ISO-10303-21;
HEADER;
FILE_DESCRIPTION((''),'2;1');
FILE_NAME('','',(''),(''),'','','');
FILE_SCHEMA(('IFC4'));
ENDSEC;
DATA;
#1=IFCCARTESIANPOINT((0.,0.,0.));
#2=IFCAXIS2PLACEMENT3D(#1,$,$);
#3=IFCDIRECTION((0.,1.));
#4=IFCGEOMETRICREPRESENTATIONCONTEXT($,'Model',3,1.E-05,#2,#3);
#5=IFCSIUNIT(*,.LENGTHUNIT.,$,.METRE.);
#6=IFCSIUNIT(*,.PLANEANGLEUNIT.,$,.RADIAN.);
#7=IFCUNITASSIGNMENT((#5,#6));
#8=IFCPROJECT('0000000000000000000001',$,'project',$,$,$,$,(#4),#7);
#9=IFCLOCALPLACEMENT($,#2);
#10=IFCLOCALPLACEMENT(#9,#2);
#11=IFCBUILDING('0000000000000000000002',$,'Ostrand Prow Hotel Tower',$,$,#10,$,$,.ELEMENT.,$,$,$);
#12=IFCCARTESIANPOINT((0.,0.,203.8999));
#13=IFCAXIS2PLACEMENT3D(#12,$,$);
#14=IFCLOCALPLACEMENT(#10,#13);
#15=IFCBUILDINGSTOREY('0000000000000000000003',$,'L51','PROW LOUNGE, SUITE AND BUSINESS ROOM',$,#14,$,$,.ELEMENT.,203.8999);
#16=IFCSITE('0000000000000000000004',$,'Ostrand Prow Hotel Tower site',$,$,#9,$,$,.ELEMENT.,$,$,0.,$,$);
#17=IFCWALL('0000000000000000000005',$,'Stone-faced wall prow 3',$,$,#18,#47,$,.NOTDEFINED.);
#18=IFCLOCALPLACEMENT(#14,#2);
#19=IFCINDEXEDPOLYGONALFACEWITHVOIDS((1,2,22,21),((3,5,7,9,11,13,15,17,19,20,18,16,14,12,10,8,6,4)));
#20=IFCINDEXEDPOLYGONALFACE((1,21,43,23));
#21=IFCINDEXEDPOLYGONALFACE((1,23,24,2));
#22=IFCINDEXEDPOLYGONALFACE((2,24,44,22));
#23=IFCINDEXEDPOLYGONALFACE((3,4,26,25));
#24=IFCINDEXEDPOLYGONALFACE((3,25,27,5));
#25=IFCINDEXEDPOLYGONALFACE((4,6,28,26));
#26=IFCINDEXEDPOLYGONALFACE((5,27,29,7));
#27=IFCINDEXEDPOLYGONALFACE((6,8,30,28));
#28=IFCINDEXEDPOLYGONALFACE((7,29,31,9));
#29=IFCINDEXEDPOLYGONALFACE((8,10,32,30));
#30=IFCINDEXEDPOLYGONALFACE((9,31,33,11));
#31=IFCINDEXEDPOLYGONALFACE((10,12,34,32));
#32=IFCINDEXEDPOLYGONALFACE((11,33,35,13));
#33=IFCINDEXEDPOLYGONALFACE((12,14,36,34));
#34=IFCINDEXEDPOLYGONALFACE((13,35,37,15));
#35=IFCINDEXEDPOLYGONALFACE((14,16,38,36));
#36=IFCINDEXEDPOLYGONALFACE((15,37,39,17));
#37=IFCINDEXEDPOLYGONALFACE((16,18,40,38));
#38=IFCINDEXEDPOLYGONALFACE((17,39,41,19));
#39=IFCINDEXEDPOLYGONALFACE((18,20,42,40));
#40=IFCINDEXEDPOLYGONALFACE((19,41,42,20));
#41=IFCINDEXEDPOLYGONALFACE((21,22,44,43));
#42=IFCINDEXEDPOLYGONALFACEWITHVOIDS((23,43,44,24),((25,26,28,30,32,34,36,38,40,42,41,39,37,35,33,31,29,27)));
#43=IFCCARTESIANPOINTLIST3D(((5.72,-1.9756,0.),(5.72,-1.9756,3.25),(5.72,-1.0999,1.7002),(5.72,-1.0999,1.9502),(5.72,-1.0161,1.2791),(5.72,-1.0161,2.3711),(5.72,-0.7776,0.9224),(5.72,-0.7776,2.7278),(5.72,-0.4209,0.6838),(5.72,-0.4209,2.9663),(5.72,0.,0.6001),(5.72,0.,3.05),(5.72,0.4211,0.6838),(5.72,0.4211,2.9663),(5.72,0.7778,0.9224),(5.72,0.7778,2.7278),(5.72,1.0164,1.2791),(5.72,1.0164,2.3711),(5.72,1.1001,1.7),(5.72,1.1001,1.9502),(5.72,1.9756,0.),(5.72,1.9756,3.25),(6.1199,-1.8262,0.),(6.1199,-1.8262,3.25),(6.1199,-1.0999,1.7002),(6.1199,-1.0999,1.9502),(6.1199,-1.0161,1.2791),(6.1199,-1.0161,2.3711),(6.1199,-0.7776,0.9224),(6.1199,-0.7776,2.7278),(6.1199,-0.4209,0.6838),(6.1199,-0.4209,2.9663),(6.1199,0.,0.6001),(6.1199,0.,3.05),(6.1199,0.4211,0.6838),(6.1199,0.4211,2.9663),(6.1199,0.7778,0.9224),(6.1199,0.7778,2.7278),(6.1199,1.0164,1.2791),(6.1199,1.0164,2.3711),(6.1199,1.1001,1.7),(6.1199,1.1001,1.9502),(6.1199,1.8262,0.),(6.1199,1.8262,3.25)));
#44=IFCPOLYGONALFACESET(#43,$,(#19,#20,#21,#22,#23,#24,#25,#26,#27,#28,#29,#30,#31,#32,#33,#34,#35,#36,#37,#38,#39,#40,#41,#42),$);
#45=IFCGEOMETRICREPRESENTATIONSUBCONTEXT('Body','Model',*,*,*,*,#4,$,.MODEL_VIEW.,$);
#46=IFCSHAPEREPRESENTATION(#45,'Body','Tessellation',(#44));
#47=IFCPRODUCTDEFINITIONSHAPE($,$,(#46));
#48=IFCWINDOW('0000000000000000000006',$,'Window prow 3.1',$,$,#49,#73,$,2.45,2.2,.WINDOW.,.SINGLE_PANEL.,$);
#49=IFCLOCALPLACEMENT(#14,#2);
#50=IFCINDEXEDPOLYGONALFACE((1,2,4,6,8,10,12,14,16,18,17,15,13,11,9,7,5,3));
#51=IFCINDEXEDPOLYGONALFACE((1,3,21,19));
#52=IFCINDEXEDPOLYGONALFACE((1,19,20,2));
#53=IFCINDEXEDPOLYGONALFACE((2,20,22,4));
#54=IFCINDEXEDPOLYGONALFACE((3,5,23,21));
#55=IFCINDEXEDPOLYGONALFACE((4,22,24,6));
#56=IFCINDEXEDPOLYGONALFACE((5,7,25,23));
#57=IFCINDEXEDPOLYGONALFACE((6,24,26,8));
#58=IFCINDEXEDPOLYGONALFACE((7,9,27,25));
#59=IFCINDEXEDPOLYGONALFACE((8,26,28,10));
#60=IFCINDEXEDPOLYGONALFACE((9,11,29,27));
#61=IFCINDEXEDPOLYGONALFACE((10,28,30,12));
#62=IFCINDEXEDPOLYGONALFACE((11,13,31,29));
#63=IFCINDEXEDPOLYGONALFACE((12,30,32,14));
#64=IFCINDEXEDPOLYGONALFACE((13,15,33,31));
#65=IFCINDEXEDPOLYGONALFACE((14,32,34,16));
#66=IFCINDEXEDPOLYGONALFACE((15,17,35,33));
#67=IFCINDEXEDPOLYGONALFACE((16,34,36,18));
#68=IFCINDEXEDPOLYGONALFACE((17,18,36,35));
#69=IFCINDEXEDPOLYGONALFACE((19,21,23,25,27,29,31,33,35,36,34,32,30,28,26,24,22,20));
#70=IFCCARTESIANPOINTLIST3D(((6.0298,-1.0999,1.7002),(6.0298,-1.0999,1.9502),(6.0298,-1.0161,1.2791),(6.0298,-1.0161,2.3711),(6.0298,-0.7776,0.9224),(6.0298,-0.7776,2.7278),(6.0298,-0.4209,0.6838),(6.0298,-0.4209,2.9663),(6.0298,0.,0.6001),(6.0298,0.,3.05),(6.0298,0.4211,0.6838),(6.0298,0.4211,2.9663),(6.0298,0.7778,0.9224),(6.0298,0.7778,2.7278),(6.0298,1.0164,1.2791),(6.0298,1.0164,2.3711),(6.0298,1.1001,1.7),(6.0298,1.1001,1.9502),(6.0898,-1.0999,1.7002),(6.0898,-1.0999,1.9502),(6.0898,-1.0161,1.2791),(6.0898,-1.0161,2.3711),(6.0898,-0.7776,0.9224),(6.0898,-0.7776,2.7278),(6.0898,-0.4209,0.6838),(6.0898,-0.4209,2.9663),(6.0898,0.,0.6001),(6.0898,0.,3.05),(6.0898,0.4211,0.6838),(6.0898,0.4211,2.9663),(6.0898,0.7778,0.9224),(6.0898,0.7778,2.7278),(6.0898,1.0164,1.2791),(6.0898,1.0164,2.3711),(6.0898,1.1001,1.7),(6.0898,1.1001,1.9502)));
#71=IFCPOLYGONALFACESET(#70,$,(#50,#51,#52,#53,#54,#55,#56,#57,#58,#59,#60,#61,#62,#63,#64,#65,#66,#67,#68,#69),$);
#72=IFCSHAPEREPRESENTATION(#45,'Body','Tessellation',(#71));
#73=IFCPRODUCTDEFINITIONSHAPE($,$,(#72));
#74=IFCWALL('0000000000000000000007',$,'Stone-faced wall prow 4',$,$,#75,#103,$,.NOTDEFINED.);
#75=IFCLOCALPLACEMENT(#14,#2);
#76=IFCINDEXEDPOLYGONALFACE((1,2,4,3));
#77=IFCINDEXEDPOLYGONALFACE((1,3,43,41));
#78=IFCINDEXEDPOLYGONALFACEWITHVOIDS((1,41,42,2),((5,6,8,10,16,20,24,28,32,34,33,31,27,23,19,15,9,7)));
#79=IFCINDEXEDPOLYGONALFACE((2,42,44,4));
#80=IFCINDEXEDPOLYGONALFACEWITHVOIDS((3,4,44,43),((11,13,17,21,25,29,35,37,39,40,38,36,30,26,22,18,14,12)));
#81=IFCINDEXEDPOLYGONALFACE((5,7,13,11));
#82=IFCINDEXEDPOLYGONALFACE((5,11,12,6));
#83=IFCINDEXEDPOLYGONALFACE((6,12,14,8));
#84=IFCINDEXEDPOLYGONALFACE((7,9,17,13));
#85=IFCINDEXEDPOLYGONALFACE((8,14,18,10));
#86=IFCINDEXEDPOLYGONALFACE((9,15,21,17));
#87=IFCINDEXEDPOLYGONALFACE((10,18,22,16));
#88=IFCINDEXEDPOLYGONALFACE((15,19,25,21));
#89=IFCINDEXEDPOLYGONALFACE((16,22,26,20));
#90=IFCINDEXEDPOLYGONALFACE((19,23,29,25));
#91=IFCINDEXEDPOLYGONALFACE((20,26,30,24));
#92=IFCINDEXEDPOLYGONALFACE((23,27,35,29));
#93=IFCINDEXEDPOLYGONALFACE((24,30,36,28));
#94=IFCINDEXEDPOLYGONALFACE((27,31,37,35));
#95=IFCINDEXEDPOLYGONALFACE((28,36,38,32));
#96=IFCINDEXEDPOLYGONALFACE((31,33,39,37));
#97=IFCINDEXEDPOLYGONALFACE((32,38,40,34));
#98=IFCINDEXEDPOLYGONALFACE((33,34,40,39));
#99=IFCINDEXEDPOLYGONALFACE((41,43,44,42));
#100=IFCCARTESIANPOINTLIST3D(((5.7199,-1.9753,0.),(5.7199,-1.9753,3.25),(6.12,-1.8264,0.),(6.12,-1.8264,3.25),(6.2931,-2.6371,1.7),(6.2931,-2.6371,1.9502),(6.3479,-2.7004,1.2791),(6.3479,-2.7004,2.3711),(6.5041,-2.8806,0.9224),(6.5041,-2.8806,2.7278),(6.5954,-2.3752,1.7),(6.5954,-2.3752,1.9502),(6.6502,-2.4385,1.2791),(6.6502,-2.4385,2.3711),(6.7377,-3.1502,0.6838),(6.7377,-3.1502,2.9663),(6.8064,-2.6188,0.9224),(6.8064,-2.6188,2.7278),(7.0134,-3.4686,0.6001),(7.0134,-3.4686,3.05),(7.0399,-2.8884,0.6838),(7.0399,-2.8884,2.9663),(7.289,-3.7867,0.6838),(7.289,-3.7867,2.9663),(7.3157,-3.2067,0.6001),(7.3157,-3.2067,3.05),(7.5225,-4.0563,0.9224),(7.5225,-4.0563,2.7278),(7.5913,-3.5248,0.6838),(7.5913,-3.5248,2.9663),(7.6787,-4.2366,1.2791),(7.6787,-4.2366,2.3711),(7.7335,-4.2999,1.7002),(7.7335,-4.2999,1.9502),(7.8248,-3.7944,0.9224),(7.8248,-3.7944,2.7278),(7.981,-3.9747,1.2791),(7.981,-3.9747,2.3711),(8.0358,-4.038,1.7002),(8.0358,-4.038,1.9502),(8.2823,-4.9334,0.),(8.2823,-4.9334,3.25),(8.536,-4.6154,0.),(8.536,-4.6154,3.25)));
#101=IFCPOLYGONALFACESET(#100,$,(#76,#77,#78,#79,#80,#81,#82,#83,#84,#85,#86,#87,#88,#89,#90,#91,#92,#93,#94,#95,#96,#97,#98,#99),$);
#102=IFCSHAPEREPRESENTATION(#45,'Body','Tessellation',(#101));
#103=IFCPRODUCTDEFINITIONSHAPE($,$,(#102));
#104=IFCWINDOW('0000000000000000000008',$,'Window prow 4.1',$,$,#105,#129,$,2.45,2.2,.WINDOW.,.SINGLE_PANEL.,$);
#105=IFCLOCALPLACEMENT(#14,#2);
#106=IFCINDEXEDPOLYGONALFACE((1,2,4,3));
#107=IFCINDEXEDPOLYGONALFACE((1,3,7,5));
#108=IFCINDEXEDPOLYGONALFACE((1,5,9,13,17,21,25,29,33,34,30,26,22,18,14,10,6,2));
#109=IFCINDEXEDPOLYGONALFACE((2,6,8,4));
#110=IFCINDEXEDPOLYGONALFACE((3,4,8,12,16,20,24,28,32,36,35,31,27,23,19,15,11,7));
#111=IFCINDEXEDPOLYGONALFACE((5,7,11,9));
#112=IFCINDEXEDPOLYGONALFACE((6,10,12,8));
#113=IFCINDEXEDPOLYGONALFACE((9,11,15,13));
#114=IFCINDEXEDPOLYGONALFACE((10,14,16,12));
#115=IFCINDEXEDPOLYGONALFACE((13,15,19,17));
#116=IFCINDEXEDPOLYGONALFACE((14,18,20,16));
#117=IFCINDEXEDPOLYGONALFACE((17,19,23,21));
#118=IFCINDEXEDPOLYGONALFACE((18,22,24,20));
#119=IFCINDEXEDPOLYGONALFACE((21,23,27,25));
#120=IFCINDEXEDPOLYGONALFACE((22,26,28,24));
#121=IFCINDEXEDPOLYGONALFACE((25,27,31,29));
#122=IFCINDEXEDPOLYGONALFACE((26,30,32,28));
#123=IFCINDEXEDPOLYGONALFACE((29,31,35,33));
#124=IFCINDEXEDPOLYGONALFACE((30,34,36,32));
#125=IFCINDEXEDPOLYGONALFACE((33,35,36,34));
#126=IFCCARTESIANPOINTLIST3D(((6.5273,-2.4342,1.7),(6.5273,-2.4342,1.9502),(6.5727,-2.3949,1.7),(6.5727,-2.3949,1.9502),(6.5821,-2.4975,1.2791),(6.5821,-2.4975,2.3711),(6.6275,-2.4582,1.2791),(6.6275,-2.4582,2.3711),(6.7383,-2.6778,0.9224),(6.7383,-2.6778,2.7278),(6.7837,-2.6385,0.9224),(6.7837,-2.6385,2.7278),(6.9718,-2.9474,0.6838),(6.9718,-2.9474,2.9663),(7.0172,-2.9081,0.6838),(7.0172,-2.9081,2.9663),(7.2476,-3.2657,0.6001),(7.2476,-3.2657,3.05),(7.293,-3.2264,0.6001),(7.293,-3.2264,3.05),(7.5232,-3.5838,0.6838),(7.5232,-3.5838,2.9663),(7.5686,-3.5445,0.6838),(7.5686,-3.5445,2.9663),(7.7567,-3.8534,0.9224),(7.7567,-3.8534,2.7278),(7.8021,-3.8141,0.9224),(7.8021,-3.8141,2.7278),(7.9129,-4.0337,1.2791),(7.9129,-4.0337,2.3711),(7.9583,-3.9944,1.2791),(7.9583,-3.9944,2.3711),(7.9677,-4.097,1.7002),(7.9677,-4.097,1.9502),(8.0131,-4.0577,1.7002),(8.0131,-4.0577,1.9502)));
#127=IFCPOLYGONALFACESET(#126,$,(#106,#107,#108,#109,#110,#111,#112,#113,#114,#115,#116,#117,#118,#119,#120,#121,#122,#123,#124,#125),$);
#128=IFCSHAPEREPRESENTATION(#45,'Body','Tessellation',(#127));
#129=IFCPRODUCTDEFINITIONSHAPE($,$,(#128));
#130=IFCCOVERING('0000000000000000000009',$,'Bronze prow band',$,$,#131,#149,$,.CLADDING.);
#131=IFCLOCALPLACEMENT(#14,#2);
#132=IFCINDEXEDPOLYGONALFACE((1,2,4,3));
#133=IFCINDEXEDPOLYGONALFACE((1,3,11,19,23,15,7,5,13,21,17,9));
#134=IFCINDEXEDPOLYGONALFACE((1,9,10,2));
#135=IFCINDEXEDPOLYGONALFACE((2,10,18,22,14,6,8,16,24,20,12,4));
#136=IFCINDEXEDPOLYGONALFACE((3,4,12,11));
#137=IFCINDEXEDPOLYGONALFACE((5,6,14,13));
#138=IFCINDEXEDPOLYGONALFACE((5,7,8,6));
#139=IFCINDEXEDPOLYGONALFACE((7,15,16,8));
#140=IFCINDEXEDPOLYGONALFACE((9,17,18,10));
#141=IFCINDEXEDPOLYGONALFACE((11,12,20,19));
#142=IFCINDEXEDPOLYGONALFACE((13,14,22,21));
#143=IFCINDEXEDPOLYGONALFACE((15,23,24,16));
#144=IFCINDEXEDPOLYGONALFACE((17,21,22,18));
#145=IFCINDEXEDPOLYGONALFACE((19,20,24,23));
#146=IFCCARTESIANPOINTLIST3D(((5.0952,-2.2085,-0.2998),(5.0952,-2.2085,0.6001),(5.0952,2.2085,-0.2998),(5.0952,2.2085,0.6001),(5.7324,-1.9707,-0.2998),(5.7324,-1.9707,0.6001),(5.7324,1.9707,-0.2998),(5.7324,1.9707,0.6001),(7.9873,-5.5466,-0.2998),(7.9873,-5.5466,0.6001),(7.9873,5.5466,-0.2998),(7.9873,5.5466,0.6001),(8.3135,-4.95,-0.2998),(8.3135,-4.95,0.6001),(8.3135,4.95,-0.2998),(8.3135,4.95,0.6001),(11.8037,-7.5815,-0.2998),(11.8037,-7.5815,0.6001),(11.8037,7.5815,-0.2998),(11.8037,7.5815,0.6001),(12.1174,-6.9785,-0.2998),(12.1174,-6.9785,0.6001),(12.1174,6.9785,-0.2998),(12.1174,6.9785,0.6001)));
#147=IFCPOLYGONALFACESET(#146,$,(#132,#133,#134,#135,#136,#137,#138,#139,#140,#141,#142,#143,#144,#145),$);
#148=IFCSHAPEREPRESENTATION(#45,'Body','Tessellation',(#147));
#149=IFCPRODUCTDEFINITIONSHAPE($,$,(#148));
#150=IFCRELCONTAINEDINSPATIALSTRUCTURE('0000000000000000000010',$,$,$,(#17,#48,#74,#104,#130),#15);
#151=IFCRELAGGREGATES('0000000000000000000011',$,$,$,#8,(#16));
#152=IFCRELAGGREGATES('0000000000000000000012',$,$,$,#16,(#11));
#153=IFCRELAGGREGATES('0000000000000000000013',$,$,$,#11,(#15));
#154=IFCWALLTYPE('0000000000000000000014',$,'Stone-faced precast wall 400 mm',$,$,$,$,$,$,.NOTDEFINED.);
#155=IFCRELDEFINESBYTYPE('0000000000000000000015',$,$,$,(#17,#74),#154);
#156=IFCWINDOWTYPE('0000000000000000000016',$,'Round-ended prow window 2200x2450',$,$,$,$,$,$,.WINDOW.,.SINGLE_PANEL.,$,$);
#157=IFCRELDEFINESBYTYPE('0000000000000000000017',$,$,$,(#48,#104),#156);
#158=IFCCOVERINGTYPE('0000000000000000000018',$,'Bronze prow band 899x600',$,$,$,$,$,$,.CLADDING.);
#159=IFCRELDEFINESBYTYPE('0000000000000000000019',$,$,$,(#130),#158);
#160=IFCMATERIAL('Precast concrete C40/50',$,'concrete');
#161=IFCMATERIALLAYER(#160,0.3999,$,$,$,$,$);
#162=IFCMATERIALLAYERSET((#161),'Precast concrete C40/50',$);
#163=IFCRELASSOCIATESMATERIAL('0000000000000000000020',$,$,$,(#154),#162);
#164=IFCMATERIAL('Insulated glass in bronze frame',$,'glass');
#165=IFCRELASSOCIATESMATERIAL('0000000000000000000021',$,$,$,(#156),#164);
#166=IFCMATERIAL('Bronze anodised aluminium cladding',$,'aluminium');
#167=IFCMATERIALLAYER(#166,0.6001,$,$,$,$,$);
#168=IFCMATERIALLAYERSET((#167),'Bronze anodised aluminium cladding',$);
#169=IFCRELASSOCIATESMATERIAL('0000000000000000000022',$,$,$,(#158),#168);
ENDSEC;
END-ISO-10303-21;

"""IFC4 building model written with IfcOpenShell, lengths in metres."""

from ifc_helpers import new_model, si_unit, direction, frame, origin, place, context, subcontext, project, spatial, polyline, outline, extrude, material, layer, layer_set, type_object, element, fill, save


model = new_model("IFC4")

# Units and contexts
model_context = context("Model", 3, precision=1e-05, world=origin(), true_north=direction((0.0, 1.0)))
body_context = subcontext(model_context, "Body", "Model", "MODEL_VIEW")
ifc_project = project(units=[si_unit("LENGTHUNIT", "METRE"), si_unit("PLANEANGLEUNIT", "RADIAN")], contexts=[model_context])

# Site, building, storey
site_placement = place(None, origin())
site = spatial("IfcSite", under=ifc_project, at=site_placement, Name="Ostrand Prow Hotel Tower site", CompositionType="ELEMENT", RefElevation=0.0)
building_placement = place(site_placement, origin())
building = spatial("IfcBuilding", under=site, at=building_placement, Name="Ostrand Prow Hotel Tower", CompositionType="ELEMENT")
storey_placement = place(building_placement, frame((0.0, 0.0, 203.8999)))
storey = spatial("IfcBuildingStorey", under=building, at=storey_placement, Name="L51", Description="PROW LOUNGE, SUITE AND BUSINESS ROOM", CompositionType="ELEMENT", Elevation=203.8999)

# Walls, openings, windows
ifc_material_1 = material(Name="Precast concrete C40/50", Category="concrete")
ifc_layer_1 = layer(ifc_material_1, 0.3999)
ifc_layer_set_1 = layer_set([ifc_layer_1], Name="Precast concrete C40/50")
wall_type = type_object("IfcWallType", Name="Stone-faced precast wall 400 mm", PredefinedType="NOTDEFINED", material=ifc_layer_set_1)
wall_1_placement = place(storey_placement, frame((5.9199, 1.9009, 0.0), z_axis=(0.0, 0.0, 1.0), x_axis=(0.0, -1.0, 0.0)))
wall_1 = element("IfcWall", 1, at=wall_1_placement, inside=storey, type_object=wall_type, Name="Stone-faced wall prow 3", PredefinedType="NOTDEFINED", context=body_context, shape_type="SweptSolid", body=[
    extrude(outline(polyline([(-0.0747, -0.2), (3.8765, -0.2), (3.7271, 0.2), (0.0747, 0.2), (-0.0747, -0.2)])), origin(), (0.0, 0.0, 1.0), 3.25),
])
opening_1_placement = place(wall_1_placement, frame((0.8008, 0.0, 0.6001)))
opening_1 = element("IfcOpeningElement", 2, at=opening_1_placement, cuts=wall_1, PredefinedType="OPENING", context=body_context, shape_type="SweptSolid", body=[
    extrude(outline(polyline([(0.0, 1.3501), (0.0837, 1.771), (0.3223, 2.1277), (0.679, 2.3662), (1.1001, 2.45), (1.521, 2.3662), (1.8777, 2.1277), (2.1162, 1.771), (2.2, 1.3501), (2.2, 1.1001), (2.1162, 0.679), (1.8777, 0.3223), (1.521, 0.0837), (1.1001, 0.0), (0.679, 0.0837), (0.3223, 0.3223), (0.0837, 0.679), (0.0, 1.0999), (0.0, 1.3501)])), frame((0.0, 0.21, 0.0), z_axis=(0.0, -1.0, 0.0), x_axis=(1.0, 0.0, 0.0)), (0.0, 0.0, 1.0), 0.4199),
])
ifc_material_2 = material(Name="Insulated glass in bronze frame", Category="glass")
window_type = type_object("IfcWindowType", Name="Round-ended prow window 2200x2450", PartitioningType="SINGLE_PANEL", PredefinedType="WINDOW", material=ifc_material_2)
window_1_placement = place(opening_1_placement, origin())
window_1 = element("IfcWindow", 3, at=window_1_placement, inside=storey, type_object=window_type, Name="Window prow 3.1", OverallHeight=2.45, OverallWidth=2.2, PartitioningType="SINGLE_PANEL", PredefinedType="WINDOW", context=body_context, shape_type="SweptSolid", body=[
    extrude(outline(polyline([(0.0, 1.3501), (0.0837, 1.771), (0.3223, 2.1277), (0.679, 2.3662), (1.1001, 2.45), (1.521, 2.3662), (1.8777, 2.1277), (2.1162, 1.771), (2.2, 1.3501), (2.2, 1.1001), (2.1162, 0.679), (1.8777, 0.3223), (1.521, 0.0837), (1.1001, 0.0), (0.679, 0.0837), (0.3223, 0.3223), (0.0837, 0.679), (0.0, 1.0999), (0.0, 1.3501)])), frame((0.0, 0.1699, 0.0), z_axis=(0.0, -1.0, 0.0), x_axis=(1.0, 0.0, 0.0)), (0.0, 0.0, 1.0), 0.0601),
])
fill(opening_1, window_1)
wall_2_placement = place(storey_placement, frame((5.9199, -1.9009, 0.0), z_axis=(0.0, 0.0, 1.0), x_axis=(0.654759, -0.755837, 0.0)))
wall_2 = element("IfcWall", 4, at=wall_2_placement, inside=storey, type_object=wall_type, Name="Stone-faced wall prow 4", PredefinedType="NOTDEFINED", context=body_context, shape_type="SweptSolid", body=[
    extrude(outline(polyline([(-0.0747, -0.2), (3.8389, -0.2), (3.7646, 0.2), (0.0747, 0.2), (-0.0747, -0.2)])), origin(), (0.0, 0.0, 1.0), 3.25),
])
opening_2_placement = place(wall_2_placement, frame((0.8008, 0.0, 0.6001)))
opening_2 = element("IfcOpeningElement", 5, at=opening_2_placement, cuts=wall_2, PredefinedType="OPENING", context=body_context, shape_type="SweptSolid", body=[
    extrude(outline(polyline([(0.0, 1.3501), (0.0837, 1.771), (0.3223, 2.1277), (0.679, 2.3662), (1.1001, 2.45), (1.521, 2.3662), (1.8777, 2.1277), (2.1162, 1.771), (2.2, 1.3501), (2.2, 1.1001), (2.1162, 0.679), (1.8777, 0.3223), (1.521, 0.0837), (1.1001, 0.0), (0.679, 0.0837), (0.3223, 0.3223), (0.0837, 0.679), (0.0, 1.0999), (0.0, 1.3501)])), frame((0.0, 0.21, 0.0), z_axis=(0.0, -1.0, 0.0), x_axis=(1.0, 0.0, 0.0)), (0.0, 0.0, 1.0), 0.4199),
])
window_2_placement = place(opening_2_placement, origin())
window_2 = element("IfcWindow", 6, at=window_2_placement, inside=storey, type_object=window_type, Name="Window prow 4.1", OverallHeight=2.45, OverallWidth=2.2, PartitioningType="SINGLE_PANEL", PredefinedType="WINDOW", context=body_context, shape_type="SweptSolid", body=[
    extrude(outline(polyline([(0.0, 1.3501), (0.0837, 1.771), (0.3223, 2.1277), (0.679, 2.3662), (1.1001, 2.45), (1.521, 2.3662), (1.8777, 2.1277), (2.1162, 1.771), (2.2, 1.3501), (2.2, 1.1001), (2.1162, 0.679), (1.8777, 0.3223), (1.521, 0.0837), (1.1001, 0.0), (0.679, 0.0837), (0.3223, 0.3223), (0.0837, 0.679), (0.0, 1.0999), (0.0, 1.3501)])), frame((0.0, 0.1699, 0.0), z_axis=(0.0, -1.0, 0.0), x_axis=(1.0, 0.0, 0.0)), (0.0, 0.0, 1.0), 0.0601),
])
fill(opening_2, window_2)

# Covering
ifc_material_3 = material(Name="Bronze anodised aluminium cladding", Category="aluminium")
ifc_layer_2 = layer(ifc_material_3, 0.6001)
ifc_layer_set_2 = layer_set([ifc_layer_2], Name="Bronze anodised aluminium cladding")
covering_type_1 = type_object("IfcCoveringType", Name="Bronze prow band 899x600", PredefinedType="CLADDING", material=ifc_layer_set_2)
covering_1_placement = place(storey_placement, frame((0.0, 0.0, -0.2998)))
element("IfcCovering", 7, at=covering_1_placement, inside=storey, type_object=covering_type_1, Name="Bronze prow band", PredefinedType="CLADDING", context=body_context, shape_type="SweptSolid", body=[
    extrude(outline(polyline([(11.8037, 7.5815), (7.9873, 5.5466), (5.0952, 2.2085), (5.0952, -2.2085), (7.9873, -5.5466), (11.8037, -7.5815), (12.1174, -6.9785), (8.3135, -4.95), (5.7324, -1.9707), (5.7324, 1.9707), (8.3135, 4.95), (12.1174, 6.9785), (11.8037, 7.5815)])), origin(), (0.0, 0.0, 1.0), 0.8999),
])

save(model, "model.ifc")
